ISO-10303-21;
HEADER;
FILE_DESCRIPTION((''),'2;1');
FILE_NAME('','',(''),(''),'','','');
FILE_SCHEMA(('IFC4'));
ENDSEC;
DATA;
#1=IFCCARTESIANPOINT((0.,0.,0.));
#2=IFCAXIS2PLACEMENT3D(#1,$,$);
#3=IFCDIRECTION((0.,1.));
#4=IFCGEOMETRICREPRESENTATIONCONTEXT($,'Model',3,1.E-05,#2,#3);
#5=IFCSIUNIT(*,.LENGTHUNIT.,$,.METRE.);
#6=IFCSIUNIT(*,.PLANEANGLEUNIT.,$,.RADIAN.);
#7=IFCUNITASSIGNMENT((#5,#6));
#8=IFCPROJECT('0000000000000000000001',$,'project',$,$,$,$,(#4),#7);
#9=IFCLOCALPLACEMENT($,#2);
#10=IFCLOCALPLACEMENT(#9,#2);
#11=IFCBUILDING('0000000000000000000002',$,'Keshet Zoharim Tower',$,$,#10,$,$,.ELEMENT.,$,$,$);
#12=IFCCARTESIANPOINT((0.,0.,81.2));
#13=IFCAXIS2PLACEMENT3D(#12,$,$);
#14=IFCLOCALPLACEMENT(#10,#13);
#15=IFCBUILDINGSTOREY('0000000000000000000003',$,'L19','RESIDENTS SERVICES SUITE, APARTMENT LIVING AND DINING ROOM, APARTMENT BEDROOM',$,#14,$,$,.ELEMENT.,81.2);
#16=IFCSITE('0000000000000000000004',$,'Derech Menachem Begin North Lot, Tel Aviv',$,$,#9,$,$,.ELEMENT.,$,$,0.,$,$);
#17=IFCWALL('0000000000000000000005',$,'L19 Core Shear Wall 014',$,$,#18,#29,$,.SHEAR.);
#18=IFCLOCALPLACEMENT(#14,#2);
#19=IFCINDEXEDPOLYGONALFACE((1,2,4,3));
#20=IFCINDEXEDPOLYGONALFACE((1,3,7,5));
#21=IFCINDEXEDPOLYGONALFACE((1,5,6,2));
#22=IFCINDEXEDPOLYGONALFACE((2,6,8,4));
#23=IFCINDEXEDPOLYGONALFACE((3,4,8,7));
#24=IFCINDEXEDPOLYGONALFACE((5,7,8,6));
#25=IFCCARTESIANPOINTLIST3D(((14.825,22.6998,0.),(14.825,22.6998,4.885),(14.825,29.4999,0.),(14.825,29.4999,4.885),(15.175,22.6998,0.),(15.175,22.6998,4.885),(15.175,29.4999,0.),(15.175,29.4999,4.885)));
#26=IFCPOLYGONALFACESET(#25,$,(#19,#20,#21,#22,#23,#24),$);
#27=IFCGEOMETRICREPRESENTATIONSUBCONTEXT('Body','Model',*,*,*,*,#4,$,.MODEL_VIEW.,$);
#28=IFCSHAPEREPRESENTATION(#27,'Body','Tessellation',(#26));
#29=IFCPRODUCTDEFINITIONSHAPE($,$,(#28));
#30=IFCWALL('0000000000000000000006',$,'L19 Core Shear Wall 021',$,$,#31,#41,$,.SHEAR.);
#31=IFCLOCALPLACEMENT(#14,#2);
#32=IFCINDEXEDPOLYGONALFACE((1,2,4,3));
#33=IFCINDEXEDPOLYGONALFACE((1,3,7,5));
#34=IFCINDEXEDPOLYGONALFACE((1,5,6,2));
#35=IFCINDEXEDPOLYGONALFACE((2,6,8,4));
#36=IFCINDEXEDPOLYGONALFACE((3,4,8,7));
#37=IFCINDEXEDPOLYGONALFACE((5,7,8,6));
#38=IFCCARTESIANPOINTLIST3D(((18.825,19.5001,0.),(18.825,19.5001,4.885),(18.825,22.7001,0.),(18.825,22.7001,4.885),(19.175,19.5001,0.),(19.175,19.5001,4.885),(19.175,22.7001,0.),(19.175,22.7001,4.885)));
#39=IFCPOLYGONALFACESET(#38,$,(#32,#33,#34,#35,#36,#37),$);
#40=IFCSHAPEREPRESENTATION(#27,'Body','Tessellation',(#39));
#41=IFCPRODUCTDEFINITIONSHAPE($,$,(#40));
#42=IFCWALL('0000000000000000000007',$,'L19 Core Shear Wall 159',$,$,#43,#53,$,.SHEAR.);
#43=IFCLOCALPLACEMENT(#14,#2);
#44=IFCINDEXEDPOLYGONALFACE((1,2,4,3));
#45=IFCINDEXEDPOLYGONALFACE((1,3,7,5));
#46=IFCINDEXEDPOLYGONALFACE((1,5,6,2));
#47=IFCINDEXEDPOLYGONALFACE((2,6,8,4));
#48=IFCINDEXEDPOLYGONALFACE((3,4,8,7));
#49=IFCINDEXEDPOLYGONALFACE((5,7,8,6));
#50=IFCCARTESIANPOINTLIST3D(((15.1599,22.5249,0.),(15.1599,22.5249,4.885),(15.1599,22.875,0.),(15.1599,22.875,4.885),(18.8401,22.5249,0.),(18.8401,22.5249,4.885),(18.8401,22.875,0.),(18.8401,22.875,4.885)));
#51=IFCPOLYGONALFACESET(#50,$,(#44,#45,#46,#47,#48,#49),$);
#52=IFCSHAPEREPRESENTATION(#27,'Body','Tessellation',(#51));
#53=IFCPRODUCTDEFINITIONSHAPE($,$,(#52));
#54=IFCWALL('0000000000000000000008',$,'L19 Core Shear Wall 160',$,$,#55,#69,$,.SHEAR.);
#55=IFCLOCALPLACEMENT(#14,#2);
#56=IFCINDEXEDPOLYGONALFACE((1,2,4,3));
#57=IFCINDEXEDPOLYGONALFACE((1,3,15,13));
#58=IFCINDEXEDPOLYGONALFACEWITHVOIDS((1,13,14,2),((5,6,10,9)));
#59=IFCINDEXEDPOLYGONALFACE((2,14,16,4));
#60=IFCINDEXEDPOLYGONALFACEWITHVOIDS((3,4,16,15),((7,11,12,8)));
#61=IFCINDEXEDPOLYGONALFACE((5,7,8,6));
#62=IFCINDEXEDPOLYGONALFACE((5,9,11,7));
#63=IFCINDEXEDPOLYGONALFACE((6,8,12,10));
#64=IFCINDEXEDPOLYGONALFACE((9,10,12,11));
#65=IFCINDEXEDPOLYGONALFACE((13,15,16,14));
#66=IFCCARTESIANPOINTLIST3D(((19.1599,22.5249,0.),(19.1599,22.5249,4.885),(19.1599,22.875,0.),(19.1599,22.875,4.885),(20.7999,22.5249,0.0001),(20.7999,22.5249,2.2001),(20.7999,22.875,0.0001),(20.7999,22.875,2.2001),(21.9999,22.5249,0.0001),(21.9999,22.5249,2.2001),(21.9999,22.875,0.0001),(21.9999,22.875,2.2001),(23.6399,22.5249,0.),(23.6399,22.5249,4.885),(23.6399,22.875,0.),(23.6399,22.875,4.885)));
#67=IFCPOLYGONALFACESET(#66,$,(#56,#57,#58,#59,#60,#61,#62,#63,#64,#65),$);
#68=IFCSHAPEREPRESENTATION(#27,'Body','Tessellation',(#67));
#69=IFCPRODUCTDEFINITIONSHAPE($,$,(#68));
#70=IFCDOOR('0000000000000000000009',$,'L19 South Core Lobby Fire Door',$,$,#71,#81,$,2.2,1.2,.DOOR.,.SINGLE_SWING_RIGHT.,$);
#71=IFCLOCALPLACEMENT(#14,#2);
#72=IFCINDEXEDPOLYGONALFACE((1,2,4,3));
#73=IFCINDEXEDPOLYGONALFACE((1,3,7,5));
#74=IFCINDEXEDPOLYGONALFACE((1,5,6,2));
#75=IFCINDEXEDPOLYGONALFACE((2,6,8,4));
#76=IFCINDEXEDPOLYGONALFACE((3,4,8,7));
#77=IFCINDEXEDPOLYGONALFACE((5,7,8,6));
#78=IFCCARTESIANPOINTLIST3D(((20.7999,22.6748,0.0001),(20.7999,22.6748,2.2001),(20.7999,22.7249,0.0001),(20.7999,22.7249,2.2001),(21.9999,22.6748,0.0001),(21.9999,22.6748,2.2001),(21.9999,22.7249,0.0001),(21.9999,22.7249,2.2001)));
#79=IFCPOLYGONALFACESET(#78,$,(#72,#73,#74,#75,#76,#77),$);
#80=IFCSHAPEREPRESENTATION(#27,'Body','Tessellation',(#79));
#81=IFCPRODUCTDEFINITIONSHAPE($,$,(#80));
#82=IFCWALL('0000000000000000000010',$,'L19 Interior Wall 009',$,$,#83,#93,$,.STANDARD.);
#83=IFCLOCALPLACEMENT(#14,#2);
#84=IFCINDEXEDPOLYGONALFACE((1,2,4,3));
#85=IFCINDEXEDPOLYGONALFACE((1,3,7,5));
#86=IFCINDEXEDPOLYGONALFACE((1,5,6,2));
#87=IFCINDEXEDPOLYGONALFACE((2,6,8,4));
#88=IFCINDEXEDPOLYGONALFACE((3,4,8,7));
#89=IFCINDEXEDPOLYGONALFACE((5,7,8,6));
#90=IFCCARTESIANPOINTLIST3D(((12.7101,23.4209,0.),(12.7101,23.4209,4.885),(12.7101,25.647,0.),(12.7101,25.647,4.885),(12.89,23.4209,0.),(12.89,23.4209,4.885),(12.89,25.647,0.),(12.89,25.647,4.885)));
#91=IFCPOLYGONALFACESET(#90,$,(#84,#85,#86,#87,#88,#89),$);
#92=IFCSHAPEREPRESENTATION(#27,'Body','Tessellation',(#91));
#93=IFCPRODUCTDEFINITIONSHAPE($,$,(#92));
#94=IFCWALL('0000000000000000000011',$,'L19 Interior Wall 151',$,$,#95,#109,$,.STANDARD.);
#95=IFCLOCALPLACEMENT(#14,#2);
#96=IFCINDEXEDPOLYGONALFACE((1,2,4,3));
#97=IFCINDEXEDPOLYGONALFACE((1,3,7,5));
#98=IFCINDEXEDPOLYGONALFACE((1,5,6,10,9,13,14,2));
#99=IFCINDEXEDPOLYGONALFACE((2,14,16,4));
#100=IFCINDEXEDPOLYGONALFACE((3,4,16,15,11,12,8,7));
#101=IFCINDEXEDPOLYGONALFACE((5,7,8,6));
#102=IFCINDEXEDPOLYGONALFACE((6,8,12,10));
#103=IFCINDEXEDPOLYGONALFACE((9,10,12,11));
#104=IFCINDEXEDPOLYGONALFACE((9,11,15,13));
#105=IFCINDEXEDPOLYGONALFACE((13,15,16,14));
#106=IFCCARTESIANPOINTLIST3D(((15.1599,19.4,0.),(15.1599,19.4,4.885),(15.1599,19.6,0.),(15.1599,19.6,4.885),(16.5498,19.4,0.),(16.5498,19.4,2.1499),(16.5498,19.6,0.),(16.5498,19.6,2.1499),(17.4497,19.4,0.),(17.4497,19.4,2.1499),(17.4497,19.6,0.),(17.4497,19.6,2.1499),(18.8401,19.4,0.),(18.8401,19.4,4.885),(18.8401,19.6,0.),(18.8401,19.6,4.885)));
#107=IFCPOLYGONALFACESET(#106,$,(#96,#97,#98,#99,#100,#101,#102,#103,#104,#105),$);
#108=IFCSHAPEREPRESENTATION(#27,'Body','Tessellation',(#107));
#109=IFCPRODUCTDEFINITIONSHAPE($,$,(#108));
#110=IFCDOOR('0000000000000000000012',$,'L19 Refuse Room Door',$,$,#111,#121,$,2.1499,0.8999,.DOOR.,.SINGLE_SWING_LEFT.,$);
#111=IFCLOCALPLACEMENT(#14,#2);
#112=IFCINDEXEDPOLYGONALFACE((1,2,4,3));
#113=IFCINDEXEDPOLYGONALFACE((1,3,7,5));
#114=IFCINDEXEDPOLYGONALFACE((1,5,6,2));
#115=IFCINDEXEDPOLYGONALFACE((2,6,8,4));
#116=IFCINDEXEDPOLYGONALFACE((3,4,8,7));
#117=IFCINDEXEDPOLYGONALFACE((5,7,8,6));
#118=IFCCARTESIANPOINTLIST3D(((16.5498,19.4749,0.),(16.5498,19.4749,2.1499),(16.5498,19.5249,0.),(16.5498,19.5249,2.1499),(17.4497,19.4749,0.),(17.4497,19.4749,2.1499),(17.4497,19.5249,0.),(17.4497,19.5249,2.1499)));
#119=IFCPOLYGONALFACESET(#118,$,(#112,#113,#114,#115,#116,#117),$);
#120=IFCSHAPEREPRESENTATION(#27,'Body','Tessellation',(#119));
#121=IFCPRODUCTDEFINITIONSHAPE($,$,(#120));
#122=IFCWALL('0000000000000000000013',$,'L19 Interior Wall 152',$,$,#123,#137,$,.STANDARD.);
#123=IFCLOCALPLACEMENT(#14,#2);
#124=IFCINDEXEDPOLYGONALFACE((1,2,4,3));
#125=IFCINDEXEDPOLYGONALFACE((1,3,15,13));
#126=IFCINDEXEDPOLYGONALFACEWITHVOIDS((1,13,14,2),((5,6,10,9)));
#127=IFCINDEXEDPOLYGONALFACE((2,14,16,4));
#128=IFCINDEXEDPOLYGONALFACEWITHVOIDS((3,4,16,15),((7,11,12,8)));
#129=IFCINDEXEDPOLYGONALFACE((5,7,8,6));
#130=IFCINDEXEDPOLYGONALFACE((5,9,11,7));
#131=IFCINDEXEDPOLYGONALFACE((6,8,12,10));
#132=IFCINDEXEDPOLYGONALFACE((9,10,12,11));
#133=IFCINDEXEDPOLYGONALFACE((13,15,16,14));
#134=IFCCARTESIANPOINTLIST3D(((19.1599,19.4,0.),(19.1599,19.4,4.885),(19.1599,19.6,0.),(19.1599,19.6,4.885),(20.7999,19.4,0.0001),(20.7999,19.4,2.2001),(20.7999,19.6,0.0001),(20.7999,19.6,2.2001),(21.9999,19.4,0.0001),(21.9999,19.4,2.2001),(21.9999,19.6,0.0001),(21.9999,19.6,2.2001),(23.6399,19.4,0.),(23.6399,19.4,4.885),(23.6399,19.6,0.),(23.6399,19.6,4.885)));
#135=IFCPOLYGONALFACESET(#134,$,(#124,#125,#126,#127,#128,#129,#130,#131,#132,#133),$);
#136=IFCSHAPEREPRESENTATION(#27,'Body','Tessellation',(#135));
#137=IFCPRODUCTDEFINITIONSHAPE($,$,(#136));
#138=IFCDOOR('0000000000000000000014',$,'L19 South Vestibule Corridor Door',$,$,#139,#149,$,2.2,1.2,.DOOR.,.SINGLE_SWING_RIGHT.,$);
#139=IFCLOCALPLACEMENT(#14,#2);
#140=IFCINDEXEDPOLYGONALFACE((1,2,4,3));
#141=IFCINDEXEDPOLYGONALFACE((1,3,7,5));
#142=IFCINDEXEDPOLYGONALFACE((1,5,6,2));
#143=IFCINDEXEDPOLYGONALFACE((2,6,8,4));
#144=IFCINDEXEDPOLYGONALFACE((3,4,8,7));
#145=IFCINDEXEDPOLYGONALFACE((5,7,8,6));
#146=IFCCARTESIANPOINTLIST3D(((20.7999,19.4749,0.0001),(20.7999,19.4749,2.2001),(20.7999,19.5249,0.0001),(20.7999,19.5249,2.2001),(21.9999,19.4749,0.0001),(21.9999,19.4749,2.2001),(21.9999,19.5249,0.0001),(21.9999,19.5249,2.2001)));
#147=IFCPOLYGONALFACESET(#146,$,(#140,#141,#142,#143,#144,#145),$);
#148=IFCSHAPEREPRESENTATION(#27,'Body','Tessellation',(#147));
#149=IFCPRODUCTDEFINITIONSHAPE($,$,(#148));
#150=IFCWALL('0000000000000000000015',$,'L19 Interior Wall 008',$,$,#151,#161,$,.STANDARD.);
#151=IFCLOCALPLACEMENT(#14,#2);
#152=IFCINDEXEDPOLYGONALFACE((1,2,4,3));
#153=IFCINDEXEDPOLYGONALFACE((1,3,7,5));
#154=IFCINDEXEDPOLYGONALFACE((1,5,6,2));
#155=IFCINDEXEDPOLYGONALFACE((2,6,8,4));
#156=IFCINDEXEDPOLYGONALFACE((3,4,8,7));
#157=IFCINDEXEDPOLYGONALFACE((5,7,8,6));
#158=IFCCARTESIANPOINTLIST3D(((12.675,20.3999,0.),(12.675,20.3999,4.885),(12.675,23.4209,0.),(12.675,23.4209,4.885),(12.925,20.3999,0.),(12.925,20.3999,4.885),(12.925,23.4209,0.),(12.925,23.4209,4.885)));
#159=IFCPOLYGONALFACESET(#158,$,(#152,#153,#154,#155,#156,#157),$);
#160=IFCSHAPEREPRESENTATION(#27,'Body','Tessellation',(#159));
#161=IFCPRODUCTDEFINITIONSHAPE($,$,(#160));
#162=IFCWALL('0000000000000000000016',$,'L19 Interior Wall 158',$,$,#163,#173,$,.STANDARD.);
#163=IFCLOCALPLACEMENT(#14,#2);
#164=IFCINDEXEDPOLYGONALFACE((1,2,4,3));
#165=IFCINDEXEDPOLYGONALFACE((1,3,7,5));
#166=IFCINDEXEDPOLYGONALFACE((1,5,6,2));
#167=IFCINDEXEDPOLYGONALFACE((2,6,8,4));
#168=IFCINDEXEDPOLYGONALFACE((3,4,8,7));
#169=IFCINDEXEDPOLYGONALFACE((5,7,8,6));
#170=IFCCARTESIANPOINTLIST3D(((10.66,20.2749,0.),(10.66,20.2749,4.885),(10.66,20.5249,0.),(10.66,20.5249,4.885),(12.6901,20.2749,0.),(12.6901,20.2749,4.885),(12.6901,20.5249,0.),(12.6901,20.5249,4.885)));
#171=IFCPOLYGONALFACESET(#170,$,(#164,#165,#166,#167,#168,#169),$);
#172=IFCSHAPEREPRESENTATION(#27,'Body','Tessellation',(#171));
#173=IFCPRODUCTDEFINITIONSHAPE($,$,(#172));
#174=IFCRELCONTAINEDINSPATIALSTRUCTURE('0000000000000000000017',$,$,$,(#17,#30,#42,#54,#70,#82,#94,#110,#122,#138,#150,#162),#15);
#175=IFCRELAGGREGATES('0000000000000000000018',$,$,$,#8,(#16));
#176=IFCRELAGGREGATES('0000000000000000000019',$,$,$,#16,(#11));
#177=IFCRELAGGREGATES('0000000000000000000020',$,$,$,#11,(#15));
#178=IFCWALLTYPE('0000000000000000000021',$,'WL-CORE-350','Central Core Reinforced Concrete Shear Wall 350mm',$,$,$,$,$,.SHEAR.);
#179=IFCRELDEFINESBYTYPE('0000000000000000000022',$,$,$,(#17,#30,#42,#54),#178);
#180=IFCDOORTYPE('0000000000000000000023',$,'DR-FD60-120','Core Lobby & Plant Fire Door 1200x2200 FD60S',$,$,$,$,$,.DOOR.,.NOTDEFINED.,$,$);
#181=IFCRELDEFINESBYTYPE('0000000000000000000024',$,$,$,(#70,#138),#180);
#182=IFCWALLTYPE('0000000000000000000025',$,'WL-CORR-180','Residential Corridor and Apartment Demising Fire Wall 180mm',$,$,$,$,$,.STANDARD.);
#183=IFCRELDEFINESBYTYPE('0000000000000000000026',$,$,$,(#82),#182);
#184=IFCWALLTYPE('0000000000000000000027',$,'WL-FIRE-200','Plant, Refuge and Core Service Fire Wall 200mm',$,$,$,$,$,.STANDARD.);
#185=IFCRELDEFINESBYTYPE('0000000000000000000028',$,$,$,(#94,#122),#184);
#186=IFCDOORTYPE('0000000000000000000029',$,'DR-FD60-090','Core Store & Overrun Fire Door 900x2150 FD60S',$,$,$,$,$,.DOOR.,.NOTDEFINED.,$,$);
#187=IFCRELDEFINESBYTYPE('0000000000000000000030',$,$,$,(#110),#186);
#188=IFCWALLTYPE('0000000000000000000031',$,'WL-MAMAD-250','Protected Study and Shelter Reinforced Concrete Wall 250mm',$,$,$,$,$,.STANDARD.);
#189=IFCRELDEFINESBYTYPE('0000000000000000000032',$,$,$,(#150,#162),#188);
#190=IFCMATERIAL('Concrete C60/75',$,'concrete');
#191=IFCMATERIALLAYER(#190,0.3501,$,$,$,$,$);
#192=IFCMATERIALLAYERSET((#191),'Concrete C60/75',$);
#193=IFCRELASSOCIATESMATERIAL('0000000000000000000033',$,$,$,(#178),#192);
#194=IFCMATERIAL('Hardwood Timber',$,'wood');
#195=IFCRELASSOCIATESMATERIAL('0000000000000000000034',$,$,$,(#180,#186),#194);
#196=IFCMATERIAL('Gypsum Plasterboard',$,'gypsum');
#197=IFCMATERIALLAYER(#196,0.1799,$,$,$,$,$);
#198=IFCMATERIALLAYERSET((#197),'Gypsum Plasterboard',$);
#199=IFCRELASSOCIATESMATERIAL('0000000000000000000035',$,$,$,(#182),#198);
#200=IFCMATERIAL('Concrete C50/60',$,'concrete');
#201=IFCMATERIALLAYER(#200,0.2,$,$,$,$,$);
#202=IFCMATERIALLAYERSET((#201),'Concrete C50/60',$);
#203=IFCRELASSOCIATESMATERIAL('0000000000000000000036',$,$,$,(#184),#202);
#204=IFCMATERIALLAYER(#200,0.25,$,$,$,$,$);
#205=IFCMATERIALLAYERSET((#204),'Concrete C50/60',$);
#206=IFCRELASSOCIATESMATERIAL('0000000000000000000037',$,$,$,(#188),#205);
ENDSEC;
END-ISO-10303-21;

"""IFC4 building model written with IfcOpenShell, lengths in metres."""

from ifc_helpers import new_model, si_unit, direction, frame, frame_2d, origin, place, context, subcontext, project, spatial, rectangle, extrude, material, layer, layer_set, type_object, element, fill, save


model = new_model("IFC4")

# Units and contexts
model_context = context("Model", 3, precision=1e-05, world=origin(), true_north=direction((0.0, 1.0)))
body_context = subcontext(model_context, "Body", "Model", "MODEL_VIEW")
ifc_project = project(units=[si_unit("LENGTHUNIT", "METRE"), si_unit("PLANEANGLEUNIT", "RADIAN")], contexts=[model_context])

# Site, building, storey
site_placement = place(None, origin())
site = spatial("IfcSite", under=ifc_project, at=site_placement, Name="Derech Menachem Begin North Lot, Tel Aviv", CompositionType="ELEMENT", RefElevation=0.0)
building_placement = place(site_placement, origin())
building = spatial("IfcBuilding", under=site, at=building_placement, Name="Keshet Zoharim Tower", CompositionType="ELEMENT")
storey_placement = place(building_placement, frame((0.0, 0.0, 81.2)))
storey = spatial("IfcBuildingStorey", under=building, at=storey_placement, Name="L19", Description="RESIDENTS SERVICES SUITE, APARTMENT LIVING AND DINING ROOM, APARTMENT BEDROOM", CompositionType="ELEMENT", Elevation=81.2)

# Shared definitions
ifc_material_1 = material(Name="Concrete C60/75", Category="concrete")

# Walls
ifc_layer_1 = layer(ifc_material_1, 0.3501)
ifc_layer_set_1 = layer_set([ifc_layer_1], Name="Concrete C60/75")
wall_type_1 = type_object("IfcWallType", Name="WL-CORE-350", Description="Central Core Reinforced Concrete Shear Wall 350mm", PredefinedType="SHEAR", material=ifc_layer_set_1)
wall_1_placement = place(storey_placement, frame((15.0, 22.7, 0.0), z_axis=(0.0, 0.0, 1.0), x_axis=(0.0, 1.0, 0.0)))
element("IfcWall", 1, at=wall_1_placement, inside=storey, type_object=wall_type_1, Name="L19 Core Shear Wall 014", PredefinedType="SHEAR", context=body_context, shape_type="SweptSolid", body=[
    extrude(rectangle(XDim=6.8, YDim=0.3501, at=frame_2d((3.3999, 0.0))), origin(), (0.0, 0.0, 1.0), 4.885),
])
wall_2_placement = place(storey_placement, frame((19.0, 19.5, 0.0), z_axis=(0.0, 0.0, 1.0), x_axis=(0.0, 1.0, 0.0)))
element("IfcWall", 2, at=wall_2_placement, inside=storey, type_object=wall_type_1, Name="L19 Core Shear Wall 021", PredefinedType="SHEAR", context=body_context, shape_type="SweptSolid", body=[
    extrude(rectangle(XDim=3.2, YDim=0.3501, at=frame_2d((1.6001, 0.0))), origin(), (0.0, 0.0, 1.0), 4.885),
])

# Shared definitions
ifc_material_2 = material(Name="Hardwood Timber", Category="wood")

# Wall
wall_3_placement = place(storey_placement, frame((15.1599, 22.7, 0.0), z_axis=(0.0, 0.0, 1.0), x_axis=(1.0, 0.0, 0.0)))
element("IfcWall", 3, at=wall_3_placement, inside=storey, type_object=wall_type_1, Name="L19 Core Shear Wall 159", PredefinedType="SHEAR", context=body_context, shape_type="SweptSolid", body=[
    extrude(rectangle(XDim=3.6802, YDim=0.3501, at=frame_2d((1.8401, 0.0))), origin(), (0.0, 0.0, 1.0), 4.885),
])

# Wall, opening, door
wall_4_placement = place(storey_placement, frame((19.1599, 22.7, 0.0), z_axis=(0.0, 0.0, 1.0), x_axis=(1.0, 0.0, 0.0)))
wall_4 = element("IfcWall", 4, at=wall_4_placement, inside=storey, type_object=wall_type_1, Name="L19 Core Shear Wall 160", PredefinedType="SHEAR", context=body_context, shape_type="SweptSolid", body=[
    extrude(rectangle(XDim=4.48, YDim=0.3501, at=frame_2d((2.24, 0.0))), origin(), (0.0, 0.0, 1.0), 4.885),
])
opening_1_placement = place(wall_4_placement, frame((1.6399, 0.0, 0.0)))
opening_1 = element("IfcOpeningElement", 5, at=opening_1_placement, cuts=wall_4, PredefinedType="OPENING", context=body_context, shape_type="SweptSolid", body=[
    extrude(rectangle(XDim=1.2, YDim=2.2, at=frame_2d((0.6001, 1.1001))), frame((0.0, 0.1851, 0.0), z_axis=(0.0, -1.0, 0.0), x_axis=(1.0, 0.0, 0.0)), (0.0, 0.0, 1.0), 0.3701),
])
door_type_1 = type_object("IfcDoorType", Name="DR-FD60-120", Description="Core Lobby & Plant Fire Door 1200x2200 FD60S", OperationType="NOTDEFINED", PredefinedType="DOOR", material=ifc_material_2)
door_1_placement = place(opening_1_placement, origin())
door_1 = element("IfcDoor", 6, at=door_1_placement, inside=storey, type_object=door_type_1, Name="L19 South Core Lobby Fire Door", OperationType="SINGLE_SWING_RIGHT", OverallHeight=2.2, OverallWidth=1.2, PredefinedType="DOOR", context=body_context, shape_type="SweptSolid", body=[
    extrude(rectangle(XDim=1.2, YDim=2.2, at=frame_2d((0.6001, 1.1001))), frame((0.0, 0.0249, 0.0), z_axis=(0.0, -1.0, 0.0), x_axis=(1.0, 0.0, 0.0)), (0.0, 0.0, 1.0), 0.05),
])
fill(opening_1, door_1)

# Wall
ifc_material_3 = material(Name="Gypsum Plasterboard", Category="gypsum")
ifc_layer_2 = layer(ifc_material_3, 0.1799)
ifc_layer_set_2 = layer_set([ifc_layer_2], Name="Gypsum Plasterboard")
wall_type_2 = type_object("IfcWallType", Name="WL-CORR-180", Description="Residential Corridor and Apartment Demising Fire Wall 180mm", PredefinedType="STANDARD", material=ifc_layer_set_2)
wall_5_placement = place(storey_placement, frame((12.8, 23.4209, 0.0), z_axis=(0.0, 0.0, 1.0), x_axis=(0.0, 1.0, 0.0)))
element("IfcWall", 7, at=wall_5_placement, inside=storey, type_object=wall_type_2, Name="L19 Interior Wall 009", PredefinedType="STANDARD", context=body_context, shape_type="SweptSolid", body=[
    extrude(rectangle(XDim=2.2261, YDim=0.1799, at=frame_2d((1.113, 0.0))), origin(), (0.0, 0.0, 1.0), 4.885),
])

# Walls, openings, doors
ifc_material_4 = material(Name="Concrete C50/60", Category="concrete")
ifc_layer_3 = layer(ifc_material_4, 0.2)
ifc_layer_set_3 = layer_set([ifc_layer_3], Name="Concrete C50/60")
wall_type_3 = type_object("IfcWallType", Name="WL-FIRE-200", Description="Plant, Refuge and Core Service Fire Wall 200mm", PredefinedType="STANDARD", material=ifc_layer_set_3)
wall_6_placement = place(storey_placement, frame((15.1599, 19.5, 0.0), z_axis=(0.0, 0.0, 1.0), x_axis=(1.0, 0.0, 0.0)))
wall_6 = element("IfcWall", 8, at=wall_6_placement, inside=storey, type_object=wall_type_3, Name="L19 Interior Wall 151", PredefinedType="STANDARD", context=body_context, shape_type="SweptSolid", body=[
    extrude(rectangle(XDim=3.6802, YDim=0.2, at=frame_2d((1.8401, 0.0))), origin(), (0.0, 0.0, 1.0), 4.885),
])
opening_2_placement = place(wall_6_placement, frame((1.3899, 0.0, 0.0)))
opening_2 = element("IfcOpeningElement", 9, at=opening_2_placement, cuts=wall_6, PredefinedType="OPENING", context=body_context, shape_type="SweptSolid", body=[
    extrude(rectangle(XDim=0.8999, YDim=2.1499, at=frame_2d((0.45, 1.075))), frame((0.0, 0.1099, 0.0), z_axis=(0.0, -1.0, 0.0), x_axis=(1.0, 0.0, 0.0)), (0.0, 0.0, 1.0), 0.22),
])
door_type_2 = type_object("IfcDoorType", Name="DR-FD60-090", Description="Core Store & Overrun Fire Door 900x2150 FD60S", OperationType="NOTDEFINED", PredefinedType="DOOR", material=ifc_material_2)
door_2_placement = place(opening_2_placement, origin())
door_2 = element("IfcDoor", 10, at=door_2_placement, inside=storey, type_object=door_type_2, Name="L19 Refuse Room Door", OperationType="SINGLE_SWING_LEFT", OverallHeight=2.1499, OverallWidth=0.8999, PredefinedType="DOOR", context=body_context, shape_type="SweptSolid", body=[
    extrude(rectangle(XDim=0.8999, YDim=2.1499, at=frame_2d((0.45, 1.075))), frame((0.0, 0.0249, 0.0), z_axis=(0.0, -1.0, 0.0), x_axis=(1.0, 0.0, 0.0)), (0.0, 0.0, 1.0), 0.05),
])
fill(opening_2, door_2)
wall_7_placement = place(storey_placement, frame((19.1599, 19.5, 0.0), z_axis=(0.0, 0.0, 1.0), x_axis=(1.0, 0.0, 0.0)))
wall_7 = element("IfcWall", 11, at=wall_7_placement, inside=storey, type_object=wall_type_3, Name="L19 Interior Wall 152", PredefinedType="STANDARD", context=body_context, shape_type="SweptSolid", body=[
    extrude(rectangle(XDim=4.48, YDim=0.2, at=frame_2d((2.24, 0.0))), origin(), (0.0, 0.0, 1.0), 4.885),
])
opening_3_placement = place(wall_7_placement, frame((1.6399, 0.0, 0.0)))
opening_3 = element("IfcOpeningElement", 12, at=opening_3_placement, cuts=wall_7, PredefinedType="OPENING", context=body_context, shape_type="SweptSolid", body=[
    extrude(rectangle(XDim=1.2, YDim=2.2, at=frame_2d((0.6001, 1.1001))), frame((0.0, 0.1099, 0.0), z_axis=(0.0, -1.0, 0.0), x_axis=(1.0, 0.0, 0.0)), (0.0, 0.0, 1.0), 0.22),
])
door_3_placement = place(opening_3_placement, origin())
door_3 = element("IfcDoor", 13, at=door_3_placement, inside=storey, type_object=door_type_1, Name="L19 South Vestibule Corridor Door", OperationType="SINGLE_SWING_RIGHT", OverallHeight=2.2, OverallWidth=1.2, PredefinedType="DOOR", context=body_context, shape_type="SweptSolid", body=[
    extrude(rectangle(XDim=1.2, YDim=2.2, at=frame_2d((0.6001, 1.1001))), frame((0.0, 0.0249, 0.0), z_axis=(0.0, -1.0, 0.0), x_axis=(1.0, 0.0, 0.0)), (0.0, 0.0, 1.0), 0.05),
])
fill(opening_3, door_3)

# Walls
ifc_layer_4 = layer(ifc_material_4, 0.25)
ifc_layer_set_4 = layer_set([ifc_layer_4], Name="Concrete C50/60")
wall_type_4 = type_object("IfcWallType", Name="WL-MAMAD-250", Description="Protected Study and Shelter Reinforced Concrete Wall 250mm", PredefinedType="STANDARD", material=ifc_layer_set_4)
wall_8_placement = place(storey_placement, frame((12.8, 20.3999, 0.0), z_axis=(0.0, 0.0, 1.0), x_axis=(0.0, 1.0, 0.0)))
element("IfcWall", 14, at=wall_8_placement, inside=storey, type_object=wall_type_4, Name="L19 Interior Wall 008", PredefinedType="STANDARD", context=body_context, shape_type="SweptSolid", body=[
    extrude(rectangle(XDim=3.021, YDim=0.25, at=frame_2d((1.5105, 0.0))), origin(), (0.0, 0.0, 1.0), 4.885),
])
for number, where, z_axis, x_axis, name in (
    (15, (10.6599, 20.3999, 0.0), (0.0, 0.0, 1.0), (1.0, 0.0, 0.0), "L19 Interior Wall 158"),
):
    element("IfcWall", number, at=place(storey_placement, frame(where, z_axis=z_axis, x_axis=x_axis)), inside=storey, type_object=wall_type_4, Name=name, PredefinedType="STANDARD", context=body_context, shape_type="SweptSolid", body=[
        extrude(rectangle(XDim=2.03, YDim=0.25, at=frame_2d((1.0151, 0.0))), origin(), (0.0, 0.0, 1.0), 4.885),
    ])

save(model, "model.ifc")
